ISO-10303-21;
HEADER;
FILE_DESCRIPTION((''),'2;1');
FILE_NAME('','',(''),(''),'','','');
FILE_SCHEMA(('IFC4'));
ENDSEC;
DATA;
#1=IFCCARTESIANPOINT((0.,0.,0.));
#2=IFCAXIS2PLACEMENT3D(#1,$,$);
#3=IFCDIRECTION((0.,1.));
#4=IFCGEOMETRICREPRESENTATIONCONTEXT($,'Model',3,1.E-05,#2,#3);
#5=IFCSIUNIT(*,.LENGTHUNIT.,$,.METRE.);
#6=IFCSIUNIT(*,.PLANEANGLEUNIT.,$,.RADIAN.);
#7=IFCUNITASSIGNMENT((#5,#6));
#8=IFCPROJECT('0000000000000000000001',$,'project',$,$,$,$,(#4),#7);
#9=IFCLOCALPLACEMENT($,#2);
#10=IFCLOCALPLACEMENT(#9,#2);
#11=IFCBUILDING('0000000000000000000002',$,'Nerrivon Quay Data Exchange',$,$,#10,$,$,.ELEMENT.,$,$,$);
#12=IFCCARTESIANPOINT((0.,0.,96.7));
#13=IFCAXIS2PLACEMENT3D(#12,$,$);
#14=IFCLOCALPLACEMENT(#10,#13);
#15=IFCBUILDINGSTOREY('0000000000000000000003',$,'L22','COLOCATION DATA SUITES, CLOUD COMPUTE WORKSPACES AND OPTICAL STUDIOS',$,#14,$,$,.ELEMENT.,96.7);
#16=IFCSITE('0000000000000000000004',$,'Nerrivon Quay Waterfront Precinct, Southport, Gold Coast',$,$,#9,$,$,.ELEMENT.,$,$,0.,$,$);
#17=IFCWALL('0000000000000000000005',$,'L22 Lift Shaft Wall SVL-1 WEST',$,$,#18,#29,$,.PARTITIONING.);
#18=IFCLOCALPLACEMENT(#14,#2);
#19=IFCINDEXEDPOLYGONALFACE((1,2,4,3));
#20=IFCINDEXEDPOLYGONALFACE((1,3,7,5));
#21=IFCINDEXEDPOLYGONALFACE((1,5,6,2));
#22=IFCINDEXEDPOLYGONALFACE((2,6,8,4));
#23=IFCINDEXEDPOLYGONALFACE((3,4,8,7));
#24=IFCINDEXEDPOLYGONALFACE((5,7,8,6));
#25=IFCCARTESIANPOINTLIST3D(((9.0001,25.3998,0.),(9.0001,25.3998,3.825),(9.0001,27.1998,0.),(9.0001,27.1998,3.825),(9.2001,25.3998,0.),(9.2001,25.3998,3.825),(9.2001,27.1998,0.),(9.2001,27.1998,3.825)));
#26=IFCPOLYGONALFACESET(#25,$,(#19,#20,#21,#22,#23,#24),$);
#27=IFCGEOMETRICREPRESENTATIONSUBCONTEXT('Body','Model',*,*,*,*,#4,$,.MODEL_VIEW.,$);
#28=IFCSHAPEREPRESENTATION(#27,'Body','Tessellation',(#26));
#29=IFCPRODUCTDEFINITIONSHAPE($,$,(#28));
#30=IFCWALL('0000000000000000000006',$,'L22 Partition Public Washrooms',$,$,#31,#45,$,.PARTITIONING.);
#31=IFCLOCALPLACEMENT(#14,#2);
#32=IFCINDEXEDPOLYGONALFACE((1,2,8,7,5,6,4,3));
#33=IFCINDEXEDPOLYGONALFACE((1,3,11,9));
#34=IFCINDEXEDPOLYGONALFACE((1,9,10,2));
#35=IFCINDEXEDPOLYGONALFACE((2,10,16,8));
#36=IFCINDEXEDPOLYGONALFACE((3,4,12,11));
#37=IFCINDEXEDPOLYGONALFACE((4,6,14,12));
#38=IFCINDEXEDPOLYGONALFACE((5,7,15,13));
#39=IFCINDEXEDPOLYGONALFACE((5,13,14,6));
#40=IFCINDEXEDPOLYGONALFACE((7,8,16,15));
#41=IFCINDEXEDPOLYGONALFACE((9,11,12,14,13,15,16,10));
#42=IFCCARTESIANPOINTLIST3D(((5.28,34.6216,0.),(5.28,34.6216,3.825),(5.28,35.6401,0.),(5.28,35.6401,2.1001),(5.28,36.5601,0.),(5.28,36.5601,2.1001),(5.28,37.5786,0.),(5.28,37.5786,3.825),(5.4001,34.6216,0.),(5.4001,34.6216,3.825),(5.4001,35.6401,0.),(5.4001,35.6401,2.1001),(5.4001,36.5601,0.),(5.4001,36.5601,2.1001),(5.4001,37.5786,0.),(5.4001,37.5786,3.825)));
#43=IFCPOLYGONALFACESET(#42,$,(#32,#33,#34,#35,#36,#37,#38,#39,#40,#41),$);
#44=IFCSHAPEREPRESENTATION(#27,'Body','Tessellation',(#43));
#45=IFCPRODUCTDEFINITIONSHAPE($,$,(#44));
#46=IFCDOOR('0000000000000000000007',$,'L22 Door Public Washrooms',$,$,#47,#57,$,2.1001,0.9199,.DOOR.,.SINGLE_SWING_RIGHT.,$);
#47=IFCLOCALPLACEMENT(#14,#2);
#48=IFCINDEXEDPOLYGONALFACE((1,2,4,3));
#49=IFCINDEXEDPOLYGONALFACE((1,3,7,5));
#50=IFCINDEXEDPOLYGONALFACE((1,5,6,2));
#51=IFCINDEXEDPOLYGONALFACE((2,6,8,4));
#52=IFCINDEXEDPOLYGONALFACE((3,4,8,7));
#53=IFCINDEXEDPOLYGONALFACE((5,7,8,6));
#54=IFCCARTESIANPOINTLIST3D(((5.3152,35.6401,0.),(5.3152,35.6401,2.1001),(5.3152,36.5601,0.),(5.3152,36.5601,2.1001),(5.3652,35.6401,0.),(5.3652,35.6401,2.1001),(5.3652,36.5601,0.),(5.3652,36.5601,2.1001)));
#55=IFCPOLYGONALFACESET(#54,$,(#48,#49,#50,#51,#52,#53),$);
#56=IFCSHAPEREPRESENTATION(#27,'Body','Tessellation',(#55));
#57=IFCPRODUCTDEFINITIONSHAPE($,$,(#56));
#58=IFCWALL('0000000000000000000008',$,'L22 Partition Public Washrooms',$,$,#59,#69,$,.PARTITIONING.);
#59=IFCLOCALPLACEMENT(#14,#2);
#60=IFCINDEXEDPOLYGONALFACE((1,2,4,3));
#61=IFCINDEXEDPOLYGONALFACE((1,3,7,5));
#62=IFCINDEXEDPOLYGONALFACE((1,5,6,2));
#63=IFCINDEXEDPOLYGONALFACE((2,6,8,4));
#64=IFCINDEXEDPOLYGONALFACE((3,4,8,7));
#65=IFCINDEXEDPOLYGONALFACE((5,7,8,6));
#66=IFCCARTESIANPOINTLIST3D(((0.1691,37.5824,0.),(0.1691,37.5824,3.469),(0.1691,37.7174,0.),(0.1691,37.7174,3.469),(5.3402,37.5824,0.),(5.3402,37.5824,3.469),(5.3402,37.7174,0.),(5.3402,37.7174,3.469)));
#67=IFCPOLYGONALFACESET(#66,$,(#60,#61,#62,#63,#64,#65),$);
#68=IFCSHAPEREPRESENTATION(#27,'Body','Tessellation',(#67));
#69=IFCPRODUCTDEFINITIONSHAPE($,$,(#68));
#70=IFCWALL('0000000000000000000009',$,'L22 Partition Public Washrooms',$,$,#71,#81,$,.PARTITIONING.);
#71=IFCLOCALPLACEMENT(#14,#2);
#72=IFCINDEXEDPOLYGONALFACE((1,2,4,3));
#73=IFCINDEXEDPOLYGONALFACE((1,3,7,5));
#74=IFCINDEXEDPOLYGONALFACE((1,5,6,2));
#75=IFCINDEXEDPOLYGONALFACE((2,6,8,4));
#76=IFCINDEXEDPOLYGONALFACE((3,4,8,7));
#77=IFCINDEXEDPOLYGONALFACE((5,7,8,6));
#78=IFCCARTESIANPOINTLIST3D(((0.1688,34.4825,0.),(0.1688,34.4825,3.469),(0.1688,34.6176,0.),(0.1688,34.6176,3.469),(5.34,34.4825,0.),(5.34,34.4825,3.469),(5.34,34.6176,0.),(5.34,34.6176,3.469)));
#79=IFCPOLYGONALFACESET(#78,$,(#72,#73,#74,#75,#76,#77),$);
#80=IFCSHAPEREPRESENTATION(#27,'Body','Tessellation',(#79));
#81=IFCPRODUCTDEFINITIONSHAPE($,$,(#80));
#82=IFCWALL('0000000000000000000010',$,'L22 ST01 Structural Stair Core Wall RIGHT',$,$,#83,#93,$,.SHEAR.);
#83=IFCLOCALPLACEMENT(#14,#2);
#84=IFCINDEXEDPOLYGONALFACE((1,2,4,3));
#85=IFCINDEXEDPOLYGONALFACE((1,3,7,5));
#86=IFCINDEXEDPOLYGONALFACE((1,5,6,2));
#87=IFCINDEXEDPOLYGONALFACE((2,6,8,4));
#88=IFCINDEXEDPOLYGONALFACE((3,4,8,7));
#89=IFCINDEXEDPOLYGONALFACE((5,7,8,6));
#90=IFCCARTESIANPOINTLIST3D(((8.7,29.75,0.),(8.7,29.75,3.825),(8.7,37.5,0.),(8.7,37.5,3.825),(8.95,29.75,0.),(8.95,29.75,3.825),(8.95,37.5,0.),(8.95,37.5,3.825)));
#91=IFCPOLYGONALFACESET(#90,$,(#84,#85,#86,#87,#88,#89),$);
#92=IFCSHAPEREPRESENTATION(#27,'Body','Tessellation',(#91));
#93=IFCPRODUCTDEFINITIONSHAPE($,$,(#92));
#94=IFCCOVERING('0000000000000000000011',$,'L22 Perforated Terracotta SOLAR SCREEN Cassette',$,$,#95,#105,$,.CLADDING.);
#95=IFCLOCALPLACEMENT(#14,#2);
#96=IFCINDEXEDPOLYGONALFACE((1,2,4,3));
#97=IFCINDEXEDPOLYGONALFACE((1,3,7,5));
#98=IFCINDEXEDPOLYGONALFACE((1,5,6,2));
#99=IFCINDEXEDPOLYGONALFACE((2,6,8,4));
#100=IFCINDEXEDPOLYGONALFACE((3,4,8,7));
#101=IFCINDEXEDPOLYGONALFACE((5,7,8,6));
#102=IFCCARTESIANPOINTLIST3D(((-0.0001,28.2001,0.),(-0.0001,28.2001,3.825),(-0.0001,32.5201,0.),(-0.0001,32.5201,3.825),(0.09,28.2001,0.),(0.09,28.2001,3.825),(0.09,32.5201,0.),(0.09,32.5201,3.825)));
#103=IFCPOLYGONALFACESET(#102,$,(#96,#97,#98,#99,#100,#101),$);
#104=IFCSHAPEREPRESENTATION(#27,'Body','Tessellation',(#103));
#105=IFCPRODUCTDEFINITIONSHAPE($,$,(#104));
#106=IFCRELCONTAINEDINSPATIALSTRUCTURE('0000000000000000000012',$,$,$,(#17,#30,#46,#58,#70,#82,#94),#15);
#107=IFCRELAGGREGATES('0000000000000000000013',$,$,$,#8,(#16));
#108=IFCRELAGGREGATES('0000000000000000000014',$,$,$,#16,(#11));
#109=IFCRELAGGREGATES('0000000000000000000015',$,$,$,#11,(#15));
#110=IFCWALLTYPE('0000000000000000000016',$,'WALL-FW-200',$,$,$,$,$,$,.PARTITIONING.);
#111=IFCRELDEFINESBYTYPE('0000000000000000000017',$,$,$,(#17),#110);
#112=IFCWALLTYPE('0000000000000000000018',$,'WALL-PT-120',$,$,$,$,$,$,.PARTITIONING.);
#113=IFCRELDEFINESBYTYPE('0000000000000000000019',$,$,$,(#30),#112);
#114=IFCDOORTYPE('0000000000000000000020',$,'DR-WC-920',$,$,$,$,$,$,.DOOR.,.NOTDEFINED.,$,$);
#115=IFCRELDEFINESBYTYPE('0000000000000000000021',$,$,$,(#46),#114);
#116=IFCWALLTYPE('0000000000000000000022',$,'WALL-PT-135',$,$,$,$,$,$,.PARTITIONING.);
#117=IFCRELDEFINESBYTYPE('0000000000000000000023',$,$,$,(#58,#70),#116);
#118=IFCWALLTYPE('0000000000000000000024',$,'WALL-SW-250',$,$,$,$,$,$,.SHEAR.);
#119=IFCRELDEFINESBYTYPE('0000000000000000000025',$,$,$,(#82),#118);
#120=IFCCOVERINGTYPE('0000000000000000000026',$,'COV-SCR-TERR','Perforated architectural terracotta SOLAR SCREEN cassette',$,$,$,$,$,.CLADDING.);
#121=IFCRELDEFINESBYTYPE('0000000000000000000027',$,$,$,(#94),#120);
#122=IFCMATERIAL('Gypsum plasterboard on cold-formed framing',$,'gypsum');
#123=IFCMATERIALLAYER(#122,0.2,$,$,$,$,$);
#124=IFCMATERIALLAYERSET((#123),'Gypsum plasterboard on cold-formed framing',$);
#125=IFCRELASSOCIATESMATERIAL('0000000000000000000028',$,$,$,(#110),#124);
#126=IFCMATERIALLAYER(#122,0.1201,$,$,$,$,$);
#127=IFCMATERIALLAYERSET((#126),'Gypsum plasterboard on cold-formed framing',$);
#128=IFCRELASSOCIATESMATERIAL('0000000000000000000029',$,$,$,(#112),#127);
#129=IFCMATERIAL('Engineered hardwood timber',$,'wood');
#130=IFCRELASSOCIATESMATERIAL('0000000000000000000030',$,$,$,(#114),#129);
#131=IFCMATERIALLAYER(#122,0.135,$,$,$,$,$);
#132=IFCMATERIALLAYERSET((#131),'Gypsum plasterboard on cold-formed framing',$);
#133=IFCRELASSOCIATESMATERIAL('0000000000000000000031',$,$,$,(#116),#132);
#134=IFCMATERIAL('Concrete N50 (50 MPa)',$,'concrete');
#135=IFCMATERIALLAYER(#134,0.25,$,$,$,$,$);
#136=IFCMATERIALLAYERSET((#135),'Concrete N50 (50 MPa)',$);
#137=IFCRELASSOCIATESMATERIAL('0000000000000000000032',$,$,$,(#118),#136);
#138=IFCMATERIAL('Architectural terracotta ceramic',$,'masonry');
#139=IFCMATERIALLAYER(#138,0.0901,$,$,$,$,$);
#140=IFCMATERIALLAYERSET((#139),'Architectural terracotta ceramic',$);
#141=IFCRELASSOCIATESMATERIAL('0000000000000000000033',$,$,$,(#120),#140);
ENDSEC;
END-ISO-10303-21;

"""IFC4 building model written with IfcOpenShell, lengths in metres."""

from ifc_helpers import new_model, si_unit, direction, frame, frame_2d, origin, origin_2d, place, context, subcontext, project, spatial, rectangle, extrude, material, layer, layer_set, type_object, element, fill, save


model = new_model("IFC4")

# Units and contexts
model_context = context("Model", 3, precision=1e-05, world=origin(), true_north=direction((0.0, 1.0)))
body_context = subcontext(model_context, "Body", "Model", "MODEL_VIEW")
ifc_project = project(units=[si_unit("LENGTHUNIT", "METRE"), si_unit("PLANEANGLEUNIT", "RADIAN")], contexts=[model_context])

# Site, building, storey
site_placement = place(None, origin())
site = spatial("IfcSite", under=ifc_project, at=site_placement, Name="Nerrivon Quay Waterfront Precinct, Southport, Gold Coast", CompositionType="ELEMENT", RefElevation=0.0)
building_placement = place(site_placement, origin())
building = spatial("IfcBuilding", under=site, at=building_placement, Name="Nerrivon Quay Data Exchange", CompositionType="ELEMENT")
storey_placement = place(building_placement, frame((0.0, 0.0, 96.7)))
storey = spatial("IfcBuildingStorey", under=building, at=storey_placement, Name="L22", Description="COLOCATION DATA SUITES, CLOUD COMPUTE WORKSPACES AND OPTICAL STUDIOS", CompositionType="ELEMENT", Elevation=96.7)

# Wall
ifc_material_1 = material(Name="Gypsum plasterboard on cold-formed framing", Category="gypsum")
ifc_layer_1 = layer(ifc_material_1, 0.2)
ifc_layer_set_1 = layer_set([ifc_layer_1], Name="Gypsum plasterboard on cold-formed framing")
wall_type_1 = type_object("IfcWallType", Name="WALL-FW-200", PredefinedType="PARTITIONING", material=ifc_layer_set_1)
wall_1_placement = place(storey_placement, frame((9.1001, 25.3999, 0.0), z_axis=(0.0, 0.0, 1.0), x_axis=(0.0, 1.0, 0.0)))
element("IfcWall", 1, at=wall_1_placement, inside=storey, type_object=wall_type_1, Name="L22 Lift Shaft Wall SVL-1 WEST", PredefinedType="PARTITIONING", context=body_context, shape_type="SweptSolid", body=[
    extrude(rectangle(XDim=1.8, YDim=0.2, at=frame_2d((0.8999, 0.0))), origin(), (0.0, 0.0, 1.0), 3.825),
])

# Wall, opening, door
ifc_layer_2 = layer(ifc_material_1, 0.1201)
ifc_layer_set_2 = layer_set([ifc_layer_2], Name="Gypsum plasterboard on cold-formed framing")
wall_type_2 = type_object("IfcWallType", Name="WALL-PT-120", PredefinedType="PARTITIONING", material=ifc_layer_set_2)
wall_2_placement = place(storey_placement, frame((5.3401, 34.6216, 0.0), z_axis=(0.0, 0.0, 1.0), x_axis=(0.0, 1.0, 0.0)))
wall_2 = element("IfcWall", 2, at=wall_2_placement, inside=storey, type_object=wall_type_2, Name="L22 Partition Public Washrooms", PredefinedType="PARTITIONING", context=body_context, shape_type="SweptSolid", body=[
    extrude(rectangle(XDim=2.957, YDim=0.1201, at=frame_2d((1.4785, 0.0))), origin(), (0.0, 0.0, 1.0), 3.825),
])
opening_placement = place(wall_2_placement, frame((1.0186, 0.0, 0.0)))
opening = element("IfcOpeningElement", 3, at=opening_placement, cuts=wall_2, PredefinedType="OPENING", context=body_context, shape_type="SweptSolid", body=[
    extrude(rectangle(XDim=0.9199, YDim=2.1001, at=frame_2d((0.46, 1.05))), frame((0.0, 0.0701, 0.0), z_axis=(0.0, -1.0, 0.0), x_axis=(1.0, 0.0, 0.0)), (0.0, 0.0, 1.0), 0.1401),
])
ifc_material_2 = material(Name="Engineered hardwood timber", Category="wood")
door_type = type_object("IfcDoorType", Name="DR-WC-920", OperationType="NOTDEFINED", PredefinedType="DOOR", material=ifc_material_2)
door_placement = place(opening_placement, origin())
door = element("IfcDoor", 4, at=door_placement, inside=storey, type_object=door_type, Name="L22 Door Public Washrooms", OperationType="SINGLE_SWING_RIGHT", OverallHeight=2.1001, OverallWidth=0.9199, PredefinedType="DOOR", context=body_context, shape_type="SweptSolid", body=[
    extrude(rectangle(XDim=0.9199, YDim=2.1001, at=frame_2d((0.46, 1.05))), frame((0.0, 0.0249, 0.0), z_axis=(0.0, -1.0, 0.0), x_axis=(1.0, 0.0, 0.0)), (0.0, 0.0, 1.0), 0.05),
])
fill(opening, door)

# Walls
ifc_layer_3 = layer(ifc_material_1, 0.135)
ifc_layer_set_3 = layer_set([ifc_layer_3], Name="Gypsum plasterboard on cold-formed framing")
wall_type_3 = type_object("IfcWallType", Name="WALL-PT-135", PredefinedType="PARTITIONING", material=ifc_layer_set_3)
for number, where, z_axis, x_axis, name in (
    (5, (5.3401, 37.6499, 0.0), (0.0, 0.0, 1.0), (-1.0, 0.0, 0.0), "L22 Partition Public Washrooms"),
    (6, (0.1689, 34.55, 0.0), (0.0, 0.0, 1.0), (1.0, 0.0, 0.0), "L22 Partition Public Washrooms"),
):
    element("IfcWall", number, at=place(storey_placement, frame(where, z_axis=z_axis, x_axis=x_axis)), inside=storey, type_object=wall_type_3, Name=name, PredefinedType="PARTITIONING", context=body_context, shape_type="SweptSolid", body=[
        extrude(rectangle(XDim=5.1711, YDim=0.135, at=frame_2d((2.5854, 0.0))), origin(), (0.0, 0.0, 1.0), 3.469),
    ])
ifc_material_3 = material(Name="Concrete N50 (50 MPa)", Category="concrete")
ifc_layer_4 = layer(ifc_material_3, 0.25)
ifc_layer_set_4 = layer_set([ifc_layer_4], Name="Concrete N50 (50 MPa)")
wall_type_4 = type_object("IfcWallType", Name="WALL-SW-250", PredefinedType="SHEAR", material=ifc_layer_set_4)
wall_3_placement = place(storey_placement, frame((8.825, 29.75, 0.0), z_axis=(0.0, 0.0, 1.0), x_axis=(0.0, 1.0, 0.0)))
element("IfcWall", 7, at=wall_3_placement, inside=storey, type_object=wall_type_4, Name="L22 ST01 Structural Stair Core Wall RIGHT", PredefinedType="SHEAR", context=body_context, shape_type="SweptSolid", body=[
    extrude(rectangle(XDim=7.75, YDim=0.25, at=frame_2d((3.875, 0.0))), origin(), (0.0, 0.0, 1.0), 3.825),
])

# Covering
ifc_material_4 = material(Name="Architectural terracotta ceramic", Category="masonry")
ifc_layer_5 = layer(ifc_material_4, 0.0901)
ifc_layer_set_5 = layer_set([ifc_layer_5], Name="Architectural terracotta ceramic")
covering_type = type_object("IfcCoveringType", Name="COV-SCR-TERR", Description="Perforated architectural terracotta SOLAR SCREEN cassette", PredefinedType="CLADDING", material=ifc_layer_set_5)
covering_placement = place(storey_placement, frame((0.0449, 30.3601, 0.0), z_axis=(0.0, 0.0, 1.0), x_axis=(0.0, 1.0, 0.0)))
element("IfcCovering", 8, at=covering_placement, inside=storey, type_object=covering_type, Name="L22 Perforated Terracotta SOLAR SCREEN Cassette", PredefinedType="CLADDING", context=body_context, shape_type="SweptSolid", body=[
    extrude(rectangle(XDim=4.3201, YDim=0.0901, at=origin_2d()), origin(), (0.0, 0.0, 1.0), 3.825),
])

save(model, "model.ifc")
